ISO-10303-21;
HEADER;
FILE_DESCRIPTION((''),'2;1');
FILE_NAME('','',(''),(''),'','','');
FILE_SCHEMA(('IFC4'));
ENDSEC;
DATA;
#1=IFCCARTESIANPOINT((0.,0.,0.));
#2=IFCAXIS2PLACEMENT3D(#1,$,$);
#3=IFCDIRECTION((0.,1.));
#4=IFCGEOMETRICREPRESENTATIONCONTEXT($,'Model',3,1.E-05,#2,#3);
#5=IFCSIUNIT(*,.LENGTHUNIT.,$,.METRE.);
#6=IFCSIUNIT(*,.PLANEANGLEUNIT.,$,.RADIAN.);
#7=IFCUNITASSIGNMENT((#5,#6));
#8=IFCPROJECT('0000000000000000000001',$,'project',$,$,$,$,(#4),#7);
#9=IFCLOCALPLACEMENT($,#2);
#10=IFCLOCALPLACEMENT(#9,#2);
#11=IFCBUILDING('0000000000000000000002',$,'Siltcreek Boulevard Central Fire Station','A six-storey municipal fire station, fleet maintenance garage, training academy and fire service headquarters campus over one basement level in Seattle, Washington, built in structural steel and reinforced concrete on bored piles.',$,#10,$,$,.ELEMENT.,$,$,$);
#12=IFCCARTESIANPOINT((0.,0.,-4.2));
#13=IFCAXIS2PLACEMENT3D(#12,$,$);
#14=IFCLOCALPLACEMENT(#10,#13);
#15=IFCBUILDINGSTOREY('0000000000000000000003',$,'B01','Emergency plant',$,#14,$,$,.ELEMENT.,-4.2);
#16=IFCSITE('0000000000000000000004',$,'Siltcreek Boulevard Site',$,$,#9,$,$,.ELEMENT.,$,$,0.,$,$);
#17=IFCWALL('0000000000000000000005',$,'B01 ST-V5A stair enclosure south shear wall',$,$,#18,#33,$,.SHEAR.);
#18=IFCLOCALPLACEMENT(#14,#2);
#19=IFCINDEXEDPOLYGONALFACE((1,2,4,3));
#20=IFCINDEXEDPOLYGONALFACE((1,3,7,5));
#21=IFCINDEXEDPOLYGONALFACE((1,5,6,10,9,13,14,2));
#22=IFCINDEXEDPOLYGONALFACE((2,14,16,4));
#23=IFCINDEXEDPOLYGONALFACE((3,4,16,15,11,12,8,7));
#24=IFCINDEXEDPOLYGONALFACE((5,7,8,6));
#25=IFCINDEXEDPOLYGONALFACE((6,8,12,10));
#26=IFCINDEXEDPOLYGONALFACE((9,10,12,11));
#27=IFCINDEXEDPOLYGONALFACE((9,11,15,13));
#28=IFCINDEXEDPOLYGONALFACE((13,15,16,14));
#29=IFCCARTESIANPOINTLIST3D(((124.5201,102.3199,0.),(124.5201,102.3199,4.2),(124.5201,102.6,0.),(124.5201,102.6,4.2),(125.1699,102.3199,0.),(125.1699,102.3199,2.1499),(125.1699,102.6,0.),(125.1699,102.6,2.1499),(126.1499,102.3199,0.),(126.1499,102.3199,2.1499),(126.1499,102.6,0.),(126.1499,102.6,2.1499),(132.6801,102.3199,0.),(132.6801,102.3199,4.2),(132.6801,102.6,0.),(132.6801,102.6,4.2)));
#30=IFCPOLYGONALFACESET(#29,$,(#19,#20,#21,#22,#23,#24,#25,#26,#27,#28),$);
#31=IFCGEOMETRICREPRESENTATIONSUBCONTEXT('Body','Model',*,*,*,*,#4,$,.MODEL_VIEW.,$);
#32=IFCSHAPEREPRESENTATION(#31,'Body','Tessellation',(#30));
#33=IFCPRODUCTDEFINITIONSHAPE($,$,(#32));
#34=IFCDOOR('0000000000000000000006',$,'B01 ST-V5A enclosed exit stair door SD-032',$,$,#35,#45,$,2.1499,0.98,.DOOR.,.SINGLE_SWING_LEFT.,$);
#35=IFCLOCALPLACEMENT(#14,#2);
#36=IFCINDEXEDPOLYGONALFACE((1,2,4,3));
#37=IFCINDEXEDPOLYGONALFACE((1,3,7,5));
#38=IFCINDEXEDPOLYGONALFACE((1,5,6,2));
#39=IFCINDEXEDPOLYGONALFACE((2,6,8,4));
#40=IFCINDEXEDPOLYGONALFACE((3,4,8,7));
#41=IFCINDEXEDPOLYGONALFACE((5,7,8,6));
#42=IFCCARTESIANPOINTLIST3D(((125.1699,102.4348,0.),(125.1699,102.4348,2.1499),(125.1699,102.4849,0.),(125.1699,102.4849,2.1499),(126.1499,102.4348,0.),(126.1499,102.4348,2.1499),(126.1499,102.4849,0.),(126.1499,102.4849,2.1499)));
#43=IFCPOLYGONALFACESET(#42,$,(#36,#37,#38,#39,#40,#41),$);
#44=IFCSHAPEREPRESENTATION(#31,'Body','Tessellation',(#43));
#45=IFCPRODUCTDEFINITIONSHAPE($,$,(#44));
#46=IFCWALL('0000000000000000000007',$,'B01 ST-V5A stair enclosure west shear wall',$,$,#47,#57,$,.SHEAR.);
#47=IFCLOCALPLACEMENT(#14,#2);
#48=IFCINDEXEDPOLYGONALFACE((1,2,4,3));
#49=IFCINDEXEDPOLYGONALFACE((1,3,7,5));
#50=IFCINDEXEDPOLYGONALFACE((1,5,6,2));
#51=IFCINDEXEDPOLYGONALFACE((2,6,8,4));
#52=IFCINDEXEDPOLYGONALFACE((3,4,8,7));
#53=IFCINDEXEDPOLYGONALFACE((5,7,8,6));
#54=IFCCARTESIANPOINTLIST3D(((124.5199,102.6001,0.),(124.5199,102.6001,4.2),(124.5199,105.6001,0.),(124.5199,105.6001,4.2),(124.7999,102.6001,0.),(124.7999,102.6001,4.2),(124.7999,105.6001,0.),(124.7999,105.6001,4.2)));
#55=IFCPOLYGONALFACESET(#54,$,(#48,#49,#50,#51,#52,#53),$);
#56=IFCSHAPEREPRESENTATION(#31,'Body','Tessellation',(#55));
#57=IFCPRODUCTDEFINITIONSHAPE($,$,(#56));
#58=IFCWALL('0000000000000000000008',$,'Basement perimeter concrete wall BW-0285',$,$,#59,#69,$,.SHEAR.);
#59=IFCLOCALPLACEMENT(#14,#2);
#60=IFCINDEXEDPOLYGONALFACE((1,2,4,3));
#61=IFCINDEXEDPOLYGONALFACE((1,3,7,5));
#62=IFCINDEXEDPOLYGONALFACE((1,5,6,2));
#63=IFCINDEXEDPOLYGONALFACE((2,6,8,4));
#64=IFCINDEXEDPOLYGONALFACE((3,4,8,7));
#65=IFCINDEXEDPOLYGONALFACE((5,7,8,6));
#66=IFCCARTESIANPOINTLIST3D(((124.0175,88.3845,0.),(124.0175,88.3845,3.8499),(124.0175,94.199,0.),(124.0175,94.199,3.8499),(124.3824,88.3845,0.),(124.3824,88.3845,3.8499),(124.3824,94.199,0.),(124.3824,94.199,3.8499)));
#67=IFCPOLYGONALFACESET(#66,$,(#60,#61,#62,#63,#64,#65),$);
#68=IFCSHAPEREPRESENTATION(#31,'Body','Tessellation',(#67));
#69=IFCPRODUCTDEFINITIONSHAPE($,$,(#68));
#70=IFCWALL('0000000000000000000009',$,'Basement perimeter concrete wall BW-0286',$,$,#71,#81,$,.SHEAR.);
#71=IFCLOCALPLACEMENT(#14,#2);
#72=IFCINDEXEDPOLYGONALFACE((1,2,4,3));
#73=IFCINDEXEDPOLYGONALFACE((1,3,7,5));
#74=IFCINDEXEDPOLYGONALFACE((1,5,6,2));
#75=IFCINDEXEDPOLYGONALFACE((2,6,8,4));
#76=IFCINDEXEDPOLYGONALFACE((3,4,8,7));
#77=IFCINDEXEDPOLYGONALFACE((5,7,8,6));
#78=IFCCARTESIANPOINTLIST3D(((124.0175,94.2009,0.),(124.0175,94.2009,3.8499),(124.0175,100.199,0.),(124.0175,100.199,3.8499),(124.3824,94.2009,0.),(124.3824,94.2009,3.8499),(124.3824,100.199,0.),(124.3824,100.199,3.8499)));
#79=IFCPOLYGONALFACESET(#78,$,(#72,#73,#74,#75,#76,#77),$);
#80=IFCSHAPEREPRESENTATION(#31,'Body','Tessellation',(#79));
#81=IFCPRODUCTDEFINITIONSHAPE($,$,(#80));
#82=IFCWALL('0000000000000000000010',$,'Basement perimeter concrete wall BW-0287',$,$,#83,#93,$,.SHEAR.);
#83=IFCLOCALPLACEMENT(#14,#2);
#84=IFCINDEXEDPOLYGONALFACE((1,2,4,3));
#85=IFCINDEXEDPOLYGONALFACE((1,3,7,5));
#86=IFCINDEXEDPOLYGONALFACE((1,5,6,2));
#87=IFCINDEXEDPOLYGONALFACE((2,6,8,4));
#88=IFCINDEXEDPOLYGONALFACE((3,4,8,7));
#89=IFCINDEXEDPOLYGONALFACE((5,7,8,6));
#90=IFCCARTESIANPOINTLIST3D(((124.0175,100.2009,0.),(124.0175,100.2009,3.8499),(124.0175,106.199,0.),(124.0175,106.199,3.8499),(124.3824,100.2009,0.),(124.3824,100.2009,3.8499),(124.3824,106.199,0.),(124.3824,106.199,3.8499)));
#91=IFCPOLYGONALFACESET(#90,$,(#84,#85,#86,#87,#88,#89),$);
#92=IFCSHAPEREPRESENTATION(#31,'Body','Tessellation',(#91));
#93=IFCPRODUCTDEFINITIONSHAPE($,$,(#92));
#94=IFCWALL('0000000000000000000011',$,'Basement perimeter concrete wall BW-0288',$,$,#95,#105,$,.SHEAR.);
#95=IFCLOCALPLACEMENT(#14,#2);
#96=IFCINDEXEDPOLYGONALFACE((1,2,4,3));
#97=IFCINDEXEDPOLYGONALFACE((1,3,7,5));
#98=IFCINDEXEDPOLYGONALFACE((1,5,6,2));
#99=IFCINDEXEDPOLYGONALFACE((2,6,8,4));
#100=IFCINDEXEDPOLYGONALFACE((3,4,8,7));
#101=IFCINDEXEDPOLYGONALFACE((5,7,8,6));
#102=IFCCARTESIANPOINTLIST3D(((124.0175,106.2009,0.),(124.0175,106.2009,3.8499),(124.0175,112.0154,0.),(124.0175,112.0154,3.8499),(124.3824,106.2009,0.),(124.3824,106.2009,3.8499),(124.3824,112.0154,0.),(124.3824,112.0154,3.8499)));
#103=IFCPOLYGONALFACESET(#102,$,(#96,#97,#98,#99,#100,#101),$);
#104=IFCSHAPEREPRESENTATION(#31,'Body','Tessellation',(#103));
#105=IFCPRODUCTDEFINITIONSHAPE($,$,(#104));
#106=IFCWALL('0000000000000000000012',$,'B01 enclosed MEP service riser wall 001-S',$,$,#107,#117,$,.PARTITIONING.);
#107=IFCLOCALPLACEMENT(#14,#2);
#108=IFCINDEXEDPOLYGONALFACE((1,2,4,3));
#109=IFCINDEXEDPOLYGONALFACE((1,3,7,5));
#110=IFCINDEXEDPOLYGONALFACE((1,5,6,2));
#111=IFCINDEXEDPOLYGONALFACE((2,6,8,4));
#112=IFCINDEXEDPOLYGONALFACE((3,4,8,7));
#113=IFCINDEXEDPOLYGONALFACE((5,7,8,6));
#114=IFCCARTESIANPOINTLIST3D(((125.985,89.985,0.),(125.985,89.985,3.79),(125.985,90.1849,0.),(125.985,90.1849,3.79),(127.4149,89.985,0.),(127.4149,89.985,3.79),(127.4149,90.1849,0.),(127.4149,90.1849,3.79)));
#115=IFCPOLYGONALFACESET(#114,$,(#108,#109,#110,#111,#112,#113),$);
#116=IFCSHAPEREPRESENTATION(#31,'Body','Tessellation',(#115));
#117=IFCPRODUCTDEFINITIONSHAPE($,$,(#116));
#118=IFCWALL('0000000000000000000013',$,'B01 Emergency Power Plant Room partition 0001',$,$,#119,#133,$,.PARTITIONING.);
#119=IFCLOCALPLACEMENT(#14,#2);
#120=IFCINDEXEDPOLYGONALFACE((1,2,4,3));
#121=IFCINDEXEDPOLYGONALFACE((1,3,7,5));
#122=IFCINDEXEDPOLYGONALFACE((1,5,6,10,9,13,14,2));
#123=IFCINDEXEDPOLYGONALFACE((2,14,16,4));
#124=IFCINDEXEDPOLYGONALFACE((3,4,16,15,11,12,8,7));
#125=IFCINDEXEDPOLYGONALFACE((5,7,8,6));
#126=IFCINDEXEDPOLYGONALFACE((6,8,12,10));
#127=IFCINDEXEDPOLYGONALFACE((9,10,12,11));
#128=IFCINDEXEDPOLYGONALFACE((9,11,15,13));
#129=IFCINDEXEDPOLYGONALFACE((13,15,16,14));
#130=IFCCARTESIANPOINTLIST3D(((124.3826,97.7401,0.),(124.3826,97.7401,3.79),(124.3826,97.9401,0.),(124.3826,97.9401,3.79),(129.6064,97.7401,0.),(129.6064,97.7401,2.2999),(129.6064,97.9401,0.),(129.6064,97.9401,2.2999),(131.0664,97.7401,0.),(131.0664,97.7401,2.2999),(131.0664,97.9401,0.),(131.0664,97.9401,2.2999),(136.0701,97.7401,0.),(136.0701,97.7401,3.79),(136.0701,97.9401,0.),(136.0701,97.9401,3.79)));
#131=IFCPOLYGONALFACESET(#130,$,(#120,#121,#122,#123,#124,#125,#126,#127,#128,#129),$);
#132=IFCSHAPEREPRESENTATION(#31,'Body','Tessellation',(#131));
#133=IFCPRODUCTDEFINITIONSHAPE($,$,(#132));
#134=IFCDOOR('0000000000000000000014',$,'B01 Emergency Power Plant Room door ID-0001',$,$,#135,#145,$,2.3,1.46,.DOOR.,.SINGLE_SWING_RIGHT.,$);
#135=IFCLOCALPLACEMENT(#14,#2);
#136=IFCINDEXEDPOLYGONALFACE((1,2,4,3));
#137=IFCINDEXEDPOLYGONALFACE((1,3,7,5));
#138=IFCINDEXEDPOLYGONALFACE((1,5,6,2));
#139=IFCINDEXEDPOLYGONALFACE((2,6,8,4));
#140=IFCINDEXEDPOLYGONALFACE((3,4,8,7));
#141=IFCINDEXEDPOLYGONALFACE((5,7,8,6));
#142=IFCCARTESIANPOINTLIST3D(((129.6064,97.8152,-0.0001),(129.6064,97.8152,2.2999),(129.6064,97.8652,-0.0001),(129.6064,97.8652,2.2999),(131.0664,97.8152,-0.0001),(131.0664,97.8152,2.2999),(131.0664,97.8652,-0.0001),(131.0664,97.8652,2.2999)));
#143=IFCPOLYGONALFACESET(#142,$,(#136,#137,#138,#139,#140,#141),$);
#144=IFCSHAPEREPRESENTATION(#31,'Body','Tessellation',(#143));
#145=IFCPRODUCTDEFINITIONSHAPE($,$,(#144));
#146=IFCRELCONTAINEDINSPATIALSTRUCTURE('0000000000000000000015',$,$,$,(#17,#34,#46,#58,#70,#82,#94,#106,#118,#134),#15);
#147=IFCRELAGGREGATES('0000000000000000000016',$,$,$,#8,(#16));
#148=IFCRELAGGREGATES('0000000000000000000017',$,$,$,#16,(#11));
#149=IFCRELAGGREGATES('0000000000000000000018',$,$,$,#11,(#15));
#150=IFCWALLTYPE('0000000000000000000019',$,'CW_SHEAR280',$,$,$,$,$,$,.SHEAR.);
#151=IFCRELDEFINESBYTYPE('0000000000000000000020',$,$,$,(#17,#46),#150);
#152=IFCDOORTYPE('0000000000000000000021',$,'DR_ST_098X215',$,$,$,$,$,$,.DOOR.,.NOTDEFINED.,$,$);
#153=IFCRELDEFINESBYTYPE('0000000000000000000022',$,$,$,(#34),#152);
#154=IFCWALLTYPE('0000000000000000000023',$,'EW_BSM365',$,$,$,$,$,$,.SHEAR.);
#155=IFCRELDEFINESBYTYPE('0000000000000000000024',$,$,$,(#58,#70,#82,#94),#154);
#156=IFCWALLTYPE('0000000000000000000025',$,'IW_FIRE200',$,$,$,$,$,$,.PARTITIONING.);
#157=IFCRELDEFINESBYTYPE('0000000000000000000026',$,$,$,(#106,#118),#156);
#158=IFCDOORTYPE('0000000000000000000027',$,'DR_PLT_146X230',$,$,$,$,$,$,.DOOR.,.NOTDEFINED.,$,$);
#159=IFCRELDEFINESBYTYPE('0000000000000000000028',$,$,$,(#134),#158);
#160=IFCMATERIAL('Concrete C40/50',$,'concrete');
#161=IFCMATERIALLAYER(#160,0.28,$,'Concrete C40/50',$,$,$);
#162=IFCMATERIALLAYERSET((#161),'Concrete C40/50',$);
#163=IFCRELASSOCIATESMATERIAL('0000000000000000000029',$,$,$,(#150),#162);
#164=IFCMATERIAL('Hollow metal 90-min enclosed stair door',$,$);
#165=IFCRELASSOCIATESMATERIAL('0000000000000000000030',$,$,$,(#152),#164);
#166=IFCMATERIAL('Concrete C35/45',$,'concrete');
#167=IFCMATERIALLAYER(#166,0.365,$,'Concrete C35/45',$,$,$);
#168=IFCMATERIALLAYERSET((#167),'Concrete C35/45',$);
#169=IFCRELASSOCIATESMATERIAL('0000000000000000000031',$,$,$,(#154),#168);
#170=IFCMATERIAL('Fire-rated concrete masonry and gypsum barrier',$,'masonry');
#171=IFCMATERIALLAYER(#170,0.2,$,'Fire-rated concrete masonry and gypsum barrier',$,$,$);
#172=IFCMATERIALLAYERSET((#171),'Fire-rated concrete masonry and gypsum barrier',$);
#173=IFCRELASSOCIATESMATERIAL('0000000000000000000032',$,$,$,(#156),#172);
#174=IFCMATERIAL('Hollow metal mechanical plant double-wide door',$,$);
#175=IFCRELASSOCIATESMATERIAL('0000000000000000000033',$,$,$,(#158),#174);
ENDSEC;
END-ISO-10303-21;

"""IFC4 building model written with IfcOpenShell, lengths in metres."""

from ifc_helpers import new_model, si_unit, direction, frame, frame_2d, origin, place, context, subcontext, project, spatial, rectangle, extrude, material, layer, layer_set, type_object, element, fill, save


model = new_model("IFC4")

# Units and contexts
model_context = context("Model", 3, precision=1e-05, world=origin(), true_north=direction((0.0, 1.0)))
body_context = subcontext(model_context, "Body", "Model", "MODEL_VIEW")
ifc_project = project(units=[si_unit("LENGTHUNIT", "METRE"), si_unit("PLANEANGLEUNIT", "RADIAN")], contexts=[model_context])

# Site, building, storey
site_placement = place(None, origin())
site = spatial("IfcSite", under=ifc_project, at=site_placement, Name="Siltcreek Boulevard Site", CompositionType="ELEMENT", RefElevation=0.0)
building_placement = place(site_placement, origin())
building = spatial("IfcBuilding", under=site, at=building_placement, Name="Siltcreek Boulevard Central Fire Station", Description="A six-storey municipal fire station, fleet maintenance garage, training academy and fire service headquarters campus over one basement level in Seattle, Washington, built in structural steel and reinforced concrete on bored piles.", CompositionType="ELEMENT")
storey_placement = place(building_placement, frame((0.0, 0.0, -4.2)))
storey = spatial("IfcBuildingStorey", under=building, at=storey_placement, Name="B01", Description="Emergency plant", CompositionType="ELEMENT", Elevation=-4.2)

# Shared definitions
ifc_material_1 = material(Name="Concrete C35/45", Category="concrete")

# Wall, opening, door
ifc_material_2 = material(Name="Concrete C40/50", Category="concrete")
ifc_layer_1 = layer(ifc_material_2, 0.28, Name="Concrete C40/50")
ifc_layer_set_1 = layer_set([ifc_layer_1], Name="Concrete C40/50")
wall_type_1 = type_object("IfcWallType", Name="CW_SHEAR280", PredefinedType="SHEAR", material=ifc_layer_set_1)
wall_1_placement = place(storey_placement, frame((124.52, 102.46, 0.0), z_axis=(0.0, 0.0, 1.0), x_axis=(1.0, 0.0, 0.0)))
wall_1 = element("IfcWall", 1, at=wall_1_placement, inside=storey, type_object=wall_type_1, Name="B01 ST-V5A stair enclosure south shear wall", PredefinedType="SHEAR", context=body_context, shape_type="SweptSolid", body=[
    extrude(rectangle(XDim=8.1599, YDim=0.28, at=frame_2d((4.0801, 0.0))), origin(), (0.0, 0.0, 1.0), 4.2),
])
opening_1_placement = place(wall_1_placement, frame((0.6499, 0.0, 0.0)))
opening_1 = element("IfcOpeningElement", 2, at=opening_1_placement, cuts=wall_1, PredefinedType="OPENING", context=body_context, shape_type="SweptSolid", body=[
    extrude(rectangle(XDim=0.98, YDim=2.1499, at=frame_2d((0.49, 1.075))), frame((0.0, 0.1499, 0.0), z_axis=(0.0, -1.0, 0.0), x_axis=(1.0, 0.0, 0.0)), (0.0, 0.0, 1.0), 0.3),
])
ifc_material_3 = material(Name="Hollow metal 90-min enclosed stair door")
door_type_1 = type_object("IfcDoorType", Name="DR_ST_098X215", OperationType="NOTDEFINED", PredefinedType="DOOR", material=ifc_material_3)
door_1_placement = place(opening_1_placement, origin())
door_1 = element("IfcDoor", 3, at=door_1_placement, inside=storey, type_object=door_type_1, Name="B01 ST-V5A enclosed exit stair door SD-032", OperationType="SINGLE_SWING_LEFT", OverallHeight=2.1499, OverallWidth=0.98, PredefinedType="DOOR", context=body_context, shape_type="SweptSolid", body=[
    extrude(rectangle(XDim=0.98, YDim=2.1499, at=frame_2d((0.49, 1.075))), frame((0.0, 0.0249, 0.0), z_axis=(0.0, -1.0, 0.0), x_axis=(1.0, 0.0, 0.0)), (0.0, 0.0, 1.0), 0.05),
])
fill(opening_1, door_1)

# Walls
wall_2_placement = place(storey_placement, frame((124.6599, 105.6001, 0.0), z_axis=(0.0, 0.0, 1.0), x_axis=(0.0, -1.0, 0.0)))
element("IfcWall", 4, at=wall_2_placement, inside=storey, type_object=wall_type_1, Name="B01 ST-V5A stair enclosure west shear wall", PredefinedType="SHEAR", context=body_context, shape_type="SweptSolid", body=[
    extrude(rectangle(XDim=3.0, YDim=0.28, at=frame_2d((1.5, 0.0))), origin(), (0.0, 0.0, 1.0), 4.2),
])
ifc_layer_2 = layer(ifc_material_1, 0.365, Name="Concrete C35/45")
ifc_layer_set_2 = layer_set([ifc_layer_2], Name="Concrete C35/45")
wall_type_2 = type_object("IfcWallType", Name="EW_BSM365", PredefinedType="SHEAR", material=ifc_layer_set_2)
wall_3_placement = place(storey_placement, frame((124.2, 94.199, 0.0), z_axis=(0.0, 0.0, 1.0), x_axis=(0.0, -1.0, 0.0)))
element("IfcWall", 5, at=wall_3_placement, inside=storey, type_object=wall_type_2, Name="Basement perimeter concrete wall BW-0285", PredefinedType="SHEAR", context=body_context, shape_type="SweptSolid", body=[
    extrude(rectangle(XDim=5.8145, YDim=0.365, at=frame_2d((2.9072, 0.0))), origin(), (0.0, 0.0, 1.0), 3.8499),
])
for number, where, z_axis, x_axis, name in (
    (6, (124.2, 100.199, 0.0), (0.0, 0.0, 1.0), (0.0, -1.0, 0.0), "Basement perimeter concrete wall BW-0286"),
    (7, (124.2, 106.199, 0.0), (0.0, 0.0, 1.0), (0.0, -1.0, 0.0), "Basement perimeter concrete wall BW-0287"),
):
    element("IfcWall", number, at=place(storey_placement, frame(where, z_axis=z_axis, x_axis=x_axis)), inside=storey, type_object=wall_type_2, Name=name, PredefinedType="SHEAR", context=body_context, shape_type="SweptSolid", body=[
        extrude(rectangle(XDim=5.998, YDim=0.365, at=frame_2d((2.999, 0.0))), origin(), (0.0, 0.0, 1.0), 3.8499),
    ])
wall_4_placement = place(storey_placement, frame((124.2, 112.0154, 0.0), z_axis=(0.0, 0.0, 1.0), x_axis=(0.0, -1.0, 0.0)))
element("IfcWall", 8, at=wall_4_placement, inside=storey, type_object=wall_type_2, Name="Basement perimeter concrete wall BW-0288", PredefinedType="SHEAR", context=body_context, shape_type="SweptSolid", body=[
    extrude(rectangle(XDim=5.8145, YDim=0.365, at=frame_2d((2.9072, 0.0))), origin(), (0.0, 0.0, 1.0), 3.8499),
])
ifc_material_4 = material(Name="Fire-rated concrete masonry and gypsum barrier", Category="masonry")
ifc_layer_3 = layer(ifc_material_4, 0.2, Name="Fire-rated concrete masonry and gypsum barrier")
ifc_layer_set_3 = layer_set([ifc_layer_3], Name="Fire-rated concrete masonry and gypsum barrier")
wall_type_3 = type_object("IfcWallType", Name="IW_FIRE200", PredefinedType="PARTITIONING", material=ifc_layer_set_3)
wall_5_placement = place(storey_placement, frame((125.9851, 90.085, 0.0), z_axis=(0.0, 0.0, 1.0), x_axis=(1.0, 0.0, 0.0)))
element("IfcWall", 9, at=wall_5_placement, inside=storey, type_object=wall_type_3, Name="B01 enclosed MEP service riser wall 001-S", PredefinedType="PARTITIONING", context=body_context, shape_type="SweptSolid", body=[
    extrude(rectangle(XDim=1.4299, YDim=0.2, at=frame_2d((0.7148, 0.0))), origin(), (0.0, 0.0, 1.0), 3.79),
])

# Wall, opening, door
wall_6_placement = place(storey_placement, frame((124.3826, 97.8401, 0.0), z_axis=(0.0, 0.0, 1.0), x_axis=(1.0, 0.0, 0.0)))
wall_6 = element("IfcWall", 10, at=wall_6_placement, inside=storey, type_object=wall_type_3, Name="B01 Emergency Power Plant Room partition 0001", PredefinedType="PARTITIONING", context=body_context, shape_type="SweptSolid", body=[
    extrude(rectangle(XDim=11.6875, YDim=0.2, at=frame_2d((5.8438, 0.0))), origin(), (0.0, 0.0, 1.0), 3.79),
])
opening_2_placement = place(wall_6_placement, frame((5.2239, 0.0, 0.0)))
opening_2 = element("IfcOpeningElement", 11, at=opening_2_placement, cuts=wall_6, PredefinedType="OPENING", context=body_context, shape_type="SweptSolid", body=[
    extrude(rectangle(XDim=1.46, YDim=2.3, at=frame_2d((0.73, 1.1499))), frame((0.0, 0.1099, 0.0), z_axis=(0.0, -1.0, 0.0), x_axis=(1.0, 0.0, 0.0)), (0.0, 0.0, 1.0), 0.22),
])
ifc_material_5 = material(Name="Hollow metal mechanical plant double-wide door")
door_type_2 = type_object("IfcDoorType", Name="DR_PLT_146X230", OperationType="NOTDEFINED", PredefinedType="DOOR", material=ifc_material_5)
door_2_placement = place(opening_2_placement, frame((1.46, 0.0, 0.0), z_axis=(0.0, 0.0, 1.0), x_axis=(-1.0, 0.0, 0.0)))
door_2 = element("IfcDoor", 12, at=door_2_placement, inside=storey, type_object=door_type_2, Name="B01 Emergency Power Plant Room door ID-0001", OperationType="SINGLE_SWING_RIGHT", OverallHeight=2.3, OverallWidth=1.46, PredefinedType="DOOR", context=body_context, shape_type="SweptSolid", body=[
    extrude(rectangle(XDim=1.46, YDim=2.3, at=frame_2d((0.73, 1.1499))), frame((0.0, 0.0249, 0.0), z_axis=(0.0, -1.0, 0.0), x_axis=(1.0, 0.0, 0.0)), (0.0, 0.0, 1.0), 0.05),
])
fill(opening_2, door_2)

save(model, "model.ifc")
